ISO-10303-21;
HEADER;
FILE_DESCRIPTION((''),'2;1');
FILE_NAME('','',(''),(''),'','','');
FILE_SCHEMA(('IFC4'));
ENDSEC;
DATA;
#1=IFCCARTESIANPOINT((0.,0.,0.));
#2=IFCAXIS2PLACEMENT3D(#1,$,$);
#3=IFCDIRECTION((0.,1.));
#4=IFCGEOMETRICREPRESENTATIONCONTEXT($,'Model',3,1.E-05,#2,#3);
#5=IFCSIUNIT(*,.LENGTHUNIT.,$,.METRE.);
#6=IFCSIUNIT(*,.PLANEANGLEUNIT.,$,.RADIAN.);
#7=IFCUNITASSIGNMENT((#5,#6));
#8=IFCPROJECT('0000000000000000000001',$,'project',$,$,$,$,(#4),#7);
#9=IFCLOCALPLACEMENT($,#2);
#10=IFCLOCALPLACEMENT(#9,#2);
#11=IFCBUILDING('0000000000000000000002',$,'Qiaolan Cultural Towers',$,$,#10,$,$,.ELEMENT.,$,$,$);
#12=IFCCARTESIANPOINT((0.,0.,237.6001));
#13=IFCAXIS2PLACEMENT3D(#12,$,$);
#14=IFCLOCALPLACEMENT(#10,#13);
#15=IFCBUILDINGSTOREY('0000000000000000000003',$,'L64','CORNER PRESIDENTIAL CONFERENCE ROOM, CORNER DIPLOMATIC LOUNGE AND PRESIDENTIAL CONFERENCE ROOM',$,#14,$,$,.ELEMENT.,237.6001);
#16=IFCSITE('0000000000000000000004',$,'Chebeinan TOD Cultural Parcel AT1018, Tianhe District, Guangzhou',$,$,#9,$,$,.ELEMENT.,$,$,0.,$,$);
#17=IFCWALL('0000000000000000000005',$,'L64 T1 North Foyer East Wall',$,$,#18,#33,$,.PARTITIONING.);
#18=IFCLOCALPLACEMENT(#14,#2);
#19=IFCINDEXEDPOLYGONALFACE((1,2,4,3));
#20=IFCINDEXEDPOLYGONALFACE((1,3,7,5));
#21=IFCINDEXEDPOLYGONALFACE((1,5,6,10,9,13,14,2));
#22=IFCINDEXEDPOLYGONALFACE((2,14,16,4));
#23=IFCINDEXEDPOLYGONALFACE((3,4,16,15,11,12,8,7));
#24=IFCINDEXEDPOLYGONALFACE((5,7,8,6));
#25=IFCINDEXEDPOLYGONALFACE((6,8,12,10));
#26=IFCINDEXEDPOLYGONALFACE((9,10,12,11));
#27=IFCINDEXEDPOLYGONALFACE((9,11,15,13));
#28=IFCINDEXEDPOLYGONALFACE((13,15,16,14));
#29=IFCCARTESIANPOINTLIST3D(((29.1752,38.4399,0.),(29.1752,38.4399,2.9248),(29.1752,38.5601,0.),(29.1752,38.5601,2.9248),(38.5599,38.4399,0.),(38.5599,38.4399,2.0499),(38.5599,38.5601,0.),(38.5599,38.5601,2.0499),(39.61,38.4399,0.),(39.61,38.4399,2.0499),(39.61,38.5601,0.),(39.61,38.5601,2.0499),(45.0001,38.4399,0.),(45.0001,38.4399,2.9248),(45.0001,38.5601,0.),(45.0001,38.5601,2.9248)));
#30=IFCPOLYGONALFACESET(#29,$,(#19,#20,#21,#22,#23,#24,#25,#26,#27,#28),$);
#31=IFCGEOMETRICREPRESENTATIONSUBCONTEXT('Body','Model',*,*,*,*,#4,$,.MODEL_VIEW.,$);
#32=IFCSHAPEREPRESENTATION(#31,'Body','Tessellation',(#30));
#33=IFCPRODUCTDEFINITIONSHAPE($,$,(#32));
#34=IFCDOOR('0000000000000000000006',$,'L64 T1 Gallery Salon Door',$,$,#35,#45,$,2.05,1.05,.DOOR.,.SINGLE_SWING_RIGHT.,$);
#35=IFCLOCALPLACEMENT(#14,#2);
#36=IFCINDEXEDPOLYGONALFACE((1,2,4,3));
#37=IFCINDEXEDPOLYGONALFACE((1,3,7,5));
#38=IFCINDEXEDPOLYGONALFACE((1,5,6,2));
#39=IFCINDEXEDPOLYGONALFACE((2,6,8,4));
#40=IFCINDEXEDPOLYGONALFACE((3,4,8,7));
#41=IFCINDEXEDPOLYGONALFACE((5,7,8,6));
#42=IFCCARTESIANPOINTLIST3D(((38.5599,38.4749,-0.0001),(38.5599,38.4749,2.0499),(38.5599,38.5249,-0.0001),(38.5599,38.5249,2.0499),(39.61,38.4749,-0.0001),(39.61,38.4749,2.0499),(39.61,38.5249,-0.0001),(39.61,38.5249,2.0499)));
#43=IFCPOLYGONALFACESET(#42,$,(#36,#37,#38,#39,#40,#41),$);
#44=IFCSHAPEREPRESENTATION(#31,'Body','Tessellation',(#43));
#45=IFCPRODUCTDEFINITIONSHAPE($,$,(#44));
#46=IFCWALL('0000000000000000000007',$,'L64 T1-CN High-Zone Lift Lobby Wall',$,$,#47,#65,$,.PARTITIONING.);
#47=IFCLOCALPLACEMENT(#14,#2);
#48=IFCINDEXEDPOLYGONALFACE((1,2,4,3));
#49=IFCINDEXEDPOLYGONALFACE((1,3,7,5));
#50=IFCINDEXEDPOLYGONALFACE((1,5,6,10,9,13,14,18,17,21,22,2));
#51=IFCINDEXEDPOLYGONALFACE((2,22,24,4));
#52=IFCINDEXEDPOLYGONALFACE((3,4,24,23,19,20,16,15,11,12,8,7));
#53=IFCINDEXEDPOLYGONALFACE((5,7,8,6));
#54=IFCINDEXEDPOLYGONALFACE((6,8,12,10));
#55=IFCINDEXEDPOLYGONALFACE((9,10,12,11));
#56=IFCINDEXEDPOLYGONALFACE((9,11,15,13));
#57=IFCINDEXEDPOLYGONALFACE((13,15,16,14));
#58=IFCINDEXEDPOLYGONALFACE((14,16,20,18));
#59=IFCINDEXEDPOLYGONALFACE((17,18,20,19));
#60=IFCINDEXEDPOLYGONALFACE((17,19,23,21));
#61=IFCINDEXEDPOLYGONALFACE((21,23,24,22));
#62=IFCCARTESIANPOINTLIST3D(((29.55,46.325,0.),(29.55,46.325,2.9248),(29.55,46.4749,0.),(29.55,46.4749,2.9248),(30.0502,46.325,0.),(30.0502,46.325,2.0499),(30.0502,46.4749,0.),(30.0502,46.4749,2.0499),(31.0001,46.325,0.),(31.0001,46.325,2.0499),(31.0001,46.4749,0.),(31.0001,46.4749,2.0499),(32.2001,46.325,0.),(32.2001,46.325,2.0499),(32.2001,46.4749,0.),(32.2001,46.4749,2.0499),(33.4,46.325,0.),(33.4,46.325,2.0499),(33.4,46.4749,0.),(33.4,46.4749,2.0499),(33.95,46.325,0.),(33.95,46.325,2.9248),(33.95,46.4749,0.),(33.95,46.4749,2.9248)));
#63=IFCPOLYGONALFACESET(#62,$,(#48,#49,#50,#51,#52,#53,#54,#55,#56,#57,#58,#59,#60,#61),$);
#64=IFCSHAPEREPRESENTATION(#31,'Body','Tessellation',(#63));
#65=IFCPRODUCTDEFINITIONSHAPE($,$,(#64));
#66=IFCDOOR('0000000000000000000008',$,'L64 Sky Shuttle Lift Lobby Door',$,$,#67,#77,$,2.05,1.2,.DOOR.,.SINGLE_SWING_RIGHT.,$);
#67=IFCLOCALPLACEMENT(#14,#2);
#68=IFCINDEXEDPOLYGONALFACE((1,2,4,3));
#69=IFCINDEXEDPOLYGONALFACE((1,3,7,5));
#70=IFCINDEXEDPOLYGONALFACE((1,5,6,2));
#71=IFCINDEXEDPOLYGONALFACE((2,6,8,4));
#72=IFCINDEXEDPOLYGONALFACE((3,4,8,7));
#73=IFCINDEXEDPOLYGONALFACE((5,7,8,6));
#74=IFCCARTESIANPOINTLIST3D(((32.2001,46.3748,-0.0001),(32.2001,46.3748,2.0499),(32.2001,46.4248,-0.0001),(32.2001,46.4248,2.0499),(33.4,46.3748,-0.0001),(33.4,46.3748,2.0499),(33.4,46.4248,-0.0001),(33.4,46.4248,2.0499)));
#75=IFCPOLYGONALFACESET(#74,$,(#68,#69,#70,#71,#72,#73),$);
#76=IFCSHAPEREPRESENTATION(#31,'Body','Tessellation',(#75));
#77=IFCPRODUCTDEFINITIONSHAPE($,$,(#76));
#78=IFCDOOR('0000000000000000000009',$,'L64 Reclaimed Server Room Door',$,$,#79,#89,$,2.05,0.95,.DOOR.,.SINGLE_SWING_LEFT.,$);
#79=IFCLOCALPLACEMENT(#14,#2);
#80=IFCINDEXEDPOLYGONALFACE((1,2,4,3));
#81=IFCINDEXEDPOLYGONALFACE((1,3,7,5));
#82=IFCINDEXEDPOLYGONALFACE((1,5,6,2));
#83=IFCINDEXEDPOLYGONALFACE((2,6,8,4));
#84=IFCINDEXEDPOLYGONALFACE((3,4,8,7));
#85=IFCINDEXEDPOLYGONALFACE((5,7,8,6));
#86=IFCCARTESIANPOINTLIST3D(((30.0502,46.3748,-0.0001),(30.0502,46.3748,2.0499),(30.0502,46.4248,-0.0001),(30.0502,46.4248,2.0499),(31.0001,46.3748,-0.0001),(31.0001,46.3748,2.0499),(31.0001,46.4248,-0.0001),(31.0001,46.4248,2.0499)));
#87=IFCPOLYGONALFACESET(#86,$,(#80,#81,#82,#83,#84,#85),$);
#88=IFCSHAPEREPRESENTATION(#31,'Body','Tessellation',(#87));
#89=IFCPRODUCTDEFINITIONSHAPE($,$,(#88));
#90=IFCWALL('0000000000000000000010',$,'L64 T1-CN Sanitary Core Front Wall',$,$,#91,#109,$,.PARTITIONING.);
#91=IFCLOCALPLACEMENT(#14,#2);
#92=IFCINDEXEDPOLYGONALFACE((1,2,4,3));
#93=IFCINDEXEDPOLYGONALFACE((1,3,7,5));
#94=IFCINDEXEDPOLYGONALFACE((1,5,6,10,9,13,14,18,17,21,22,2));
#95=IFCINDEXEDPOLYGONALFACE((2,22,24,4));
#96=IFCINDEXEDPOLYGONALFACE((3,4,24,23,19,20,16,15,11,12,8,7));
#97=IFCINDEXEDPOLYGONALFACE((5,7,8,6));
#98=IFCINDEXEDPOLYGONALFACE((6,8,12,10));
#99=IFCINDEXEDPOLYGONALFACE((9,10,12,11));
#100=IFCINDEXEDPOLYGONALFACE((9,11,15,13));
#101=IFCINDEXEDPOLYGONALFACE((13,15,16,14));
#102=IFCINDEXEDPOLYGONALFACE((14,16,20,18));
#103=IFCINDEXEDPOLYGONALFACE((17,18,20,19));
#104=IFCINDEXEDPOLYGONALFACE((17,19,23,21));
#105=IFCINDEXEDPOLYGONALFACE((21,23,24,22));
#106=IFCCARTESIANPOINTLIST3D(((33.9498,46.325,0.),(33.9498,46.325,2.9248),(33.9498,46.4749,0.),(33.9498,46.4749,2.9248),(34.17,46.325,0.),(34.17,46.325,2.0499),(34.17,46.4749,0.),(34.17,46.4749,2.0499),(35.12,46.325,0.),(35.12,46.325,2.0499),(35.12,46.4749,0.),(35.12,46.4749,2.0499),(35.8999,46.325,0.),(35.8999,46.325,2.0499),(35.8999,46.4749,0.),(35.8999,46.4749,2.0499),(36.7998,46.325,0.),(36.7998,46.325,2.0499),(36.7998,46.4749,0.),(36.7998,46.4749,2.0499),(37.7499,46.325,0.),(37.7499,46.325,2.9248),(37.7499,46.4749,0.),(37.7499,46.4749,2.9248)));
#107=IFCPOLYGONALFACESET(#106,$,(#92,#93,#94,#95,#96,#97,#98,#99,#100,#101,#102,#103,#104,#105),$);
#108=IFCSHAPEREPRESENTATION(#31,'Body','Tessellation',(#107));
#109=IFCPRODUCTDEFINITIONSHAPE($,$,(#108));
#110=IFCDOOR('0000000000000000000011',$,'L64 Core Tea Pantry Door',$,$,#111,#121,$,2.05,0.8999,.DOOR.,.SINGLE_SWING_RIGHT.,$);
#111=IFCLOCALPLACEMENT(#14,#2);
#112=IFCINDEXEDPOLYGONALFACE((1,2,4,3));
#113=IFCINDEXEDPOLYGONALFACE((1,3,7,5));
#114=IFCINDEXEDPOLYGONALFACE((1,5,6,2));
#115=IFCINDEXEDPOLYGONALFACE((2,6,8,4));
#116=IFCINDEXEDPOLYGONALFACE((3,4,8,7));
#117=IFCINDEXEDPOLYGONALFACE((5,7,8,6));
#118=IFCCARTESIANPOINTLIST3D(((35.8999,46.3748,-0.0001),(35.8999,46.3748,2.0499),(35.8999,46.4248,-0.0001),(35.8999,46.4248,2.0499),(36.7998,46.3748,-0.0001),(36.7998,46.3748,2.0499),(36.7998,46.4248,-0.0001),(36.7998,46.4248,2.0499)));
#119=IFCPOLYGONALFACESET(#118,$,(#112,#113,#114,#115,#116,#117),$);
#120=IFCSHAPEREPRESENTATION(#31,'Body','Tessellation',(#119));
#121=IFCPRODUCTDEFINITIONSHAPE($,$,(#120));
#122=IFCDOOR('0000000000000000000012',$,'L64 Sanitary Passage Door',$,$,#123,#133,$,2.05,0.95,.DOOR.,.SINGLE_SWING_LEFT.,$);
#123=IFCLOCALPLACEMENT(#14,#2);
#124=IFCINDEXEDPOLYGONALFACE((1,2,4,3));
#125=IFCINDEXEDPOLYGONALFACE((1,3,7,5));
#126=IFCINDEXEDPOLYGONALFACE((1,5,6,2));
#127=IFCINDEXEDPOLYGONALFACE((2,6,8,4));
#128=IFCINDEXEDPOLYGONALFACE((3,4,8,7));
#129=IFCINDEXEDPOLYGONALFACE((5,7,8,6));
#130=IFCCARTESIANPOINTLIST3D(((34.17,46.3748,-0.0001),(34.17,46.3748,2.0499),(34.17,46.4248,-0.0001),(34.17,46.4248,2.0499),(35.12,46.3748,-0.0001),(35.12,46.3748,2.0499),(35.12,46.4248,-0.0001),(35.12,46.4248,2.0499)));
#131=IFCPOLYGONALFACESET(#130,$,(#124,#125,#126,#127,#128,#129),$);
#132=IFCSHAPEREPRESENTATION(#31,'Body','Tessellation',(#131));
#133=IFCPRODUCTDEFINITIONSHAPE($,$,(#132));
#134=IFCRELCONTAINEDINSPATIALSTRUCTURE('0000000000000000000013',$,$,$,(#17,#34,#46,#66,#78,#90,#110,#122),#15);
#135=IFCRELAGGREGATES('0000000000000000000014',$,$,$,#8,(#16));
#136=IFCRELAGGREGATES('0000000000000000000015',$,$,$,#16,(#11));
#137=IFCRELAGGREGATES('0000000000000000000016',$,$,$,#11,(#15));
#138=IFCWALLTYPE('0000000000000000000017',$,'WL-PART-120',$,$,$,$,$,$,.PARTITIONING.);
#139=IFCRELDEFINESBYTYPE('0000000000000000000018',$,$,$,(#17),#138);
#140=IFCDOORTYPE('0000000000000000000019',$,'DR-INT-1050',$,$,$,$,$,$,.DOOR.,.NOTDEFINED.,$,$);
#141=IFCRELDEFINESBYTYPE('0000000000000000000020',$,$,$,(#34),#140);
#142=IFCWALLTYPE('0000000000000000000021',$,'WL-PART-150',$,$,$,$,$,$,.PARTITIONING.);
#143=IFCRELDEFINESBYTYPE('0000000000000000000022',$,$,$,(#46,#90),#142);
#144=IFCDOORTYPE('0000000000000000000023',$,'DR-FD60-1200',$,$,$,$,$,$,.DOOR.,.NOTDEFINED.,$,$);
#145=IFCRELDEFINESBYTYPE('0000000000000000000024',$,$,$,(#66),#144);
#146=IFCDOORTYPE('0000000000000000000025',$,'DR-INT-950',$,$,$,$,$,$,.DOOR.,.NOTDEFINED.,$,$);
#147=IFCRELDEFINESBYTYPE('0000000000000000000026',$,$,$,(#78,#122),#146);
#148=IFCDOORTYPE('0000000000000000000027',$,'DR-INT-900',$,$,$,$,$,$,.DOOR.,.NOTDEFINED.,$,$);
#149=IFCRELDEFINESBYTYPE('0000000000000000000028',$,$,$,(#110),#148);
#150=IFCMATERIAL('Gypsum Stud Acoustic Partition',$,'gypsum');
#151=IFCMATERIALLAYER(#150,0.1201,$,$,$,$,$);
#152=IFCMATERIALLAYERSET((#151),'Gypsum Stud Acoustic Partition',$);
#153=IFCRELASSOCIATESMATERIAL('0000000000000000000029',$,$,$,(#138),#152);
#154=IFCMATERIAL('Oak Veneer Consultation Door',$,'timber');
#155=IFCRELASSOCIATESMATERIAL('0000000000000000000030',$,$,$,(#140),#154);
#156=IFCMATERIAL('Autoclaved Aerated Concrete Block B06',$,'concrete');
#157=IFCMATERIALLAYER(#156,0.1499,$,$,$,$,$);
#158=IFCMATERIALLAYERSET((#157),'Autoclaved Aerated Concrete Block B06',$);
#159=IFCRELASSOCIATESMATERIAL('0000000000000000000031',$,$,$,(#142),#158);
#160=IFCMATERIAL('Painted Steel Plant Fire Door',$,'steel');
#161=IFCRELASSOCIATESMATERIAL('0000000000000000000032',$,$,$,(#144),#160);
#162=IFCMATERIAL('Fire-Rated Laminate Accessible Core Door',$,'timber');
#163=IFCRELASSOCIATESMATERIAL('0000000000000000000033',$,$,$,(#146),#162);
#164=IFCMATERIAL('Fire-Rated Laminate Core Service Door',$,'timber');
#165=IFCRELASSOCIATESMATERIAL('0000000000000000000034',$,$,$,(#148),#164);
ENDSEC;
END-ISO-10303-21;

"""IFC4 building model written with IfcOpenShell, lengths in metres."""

from ifc_helpers import new_model, si_unit, direction, frame, frame_2d, origin, place, context, subcontext, project, spatial, rectangle, extrude, material, layer, layer_set, type_object, element, fill, save


model = new_model("IFC4")

# Units and contexts
model_context = context("Model", 3, precision=1e-05, world=origin(), true_north=direction((0.0, 1.0)))
body_context = subcontext(model_context, "Body", "Model", "MODEL_VIEW")
ifc_project = project(units=[si_unit("LENGTHUNIT", "METRE"), si_unit("PLANEANGLEUNIT", "RADIAN")], contexts=[model_context])

# Site, building, storey
site_placement = place(None, origin())
site = spatial("IfcSite", under=ifc_project, at=site_placement, Name="Chebeinan TOD Cultural Parcel AT1018, Tianhe District, Guangzhou", CompositionType="ELEMENT", RefElevation=0.0)
building_placement = place(site_placement, origin())
building = spatial("IfcBuilding", under=site, at=building_placement, Name="Qiaolan Cultural Towers", CompositionType="ELEMENT")
storey_placement = place(building_placement, frame((0.0, 0.0, 237.6001)))
storey = spatial("IfcBuildingStorey", under=building, at=storey_placement, Name="L64", Description="CORNER PRESIDENTIAL CONFERENCE ROOM, CORNER DIPLOMATIC LOUNGE AND PRESIDENTIAL CONFERENCE ROOM", CompositionType="ELEMENT", Elevation=237.6001)

# Wall, opening, door
ifc_material_1 = material(Name="Gypsum Stud Acoustic Partition", Category="gypsum")
ifc_layer_1 = layer(ifc_material_1, 0.1201)
ifc_layer_set_1 = layer_set([ifc_layer_1], Name="Gypsum Stud Acoustic Partition")
wall_type_1 = type_object("IfcWallType", Name="WL-PART-120", PredefinedType="PARTITIONING", material=ifc_layer_set_1)
wall_1_placement = place(storey_placement, frame((29.175, 38.5, 0.0), z_axis=(0.0, 0.0, 1.0), x_axis=(1.0, 0.0, 0.0)))
wall_1 = element("IfcWall", 1, at=wall_1_placement, inside=storey, type_object=wall_type_1, Name="L64 T1 North Foyer East Wall", PredefinedType="PARTITIONING", context=body_context, shape_type="SweptSolid", body=[
    extrude(rectangle(XDim=15.825, YDim=0.1201, at=frame_2d((7.9126, 0.0))), origin(), (0.0, 0.0, 1.0), 2.9248),
])
opening_1_placement = place(wall_1_placement, frame((9.385, 0.0, 0.0)))
opening_1 = element("IfcOpeningElement", 2, at=opening_1_placement, cuts=wall_1, PredefinedType="OPENING", context=body_context, shape_type="SweptSolid", body=[
    extrude(rectangle(XDim=1.05, YDim=2.05, at=frame_2d((0.5249, 1.0249))), frame((0.0, 0.0701, 0.0), z_axis=(0.0, -1.0, 0.0), x_axis=(1.0, 0.0, 0.0)), (0.0, 0.0, 1.0), 0.1401),
])
ifc_material_2 = material(Name="Oak Veneer Consultation Door", Category="timber")
door_type_1 = type_object("IfcDoorType", Name="DR-INT-1050", OperationType="NOTDEFINED", PredefinedType="DOOR", material=ifc_material_2)
door_1_placement = place(opening_1_placement, origin())
door_1 = element("IfcDoor", 3, at=door_1_placement, inside=storey, type_object=door_type_1, Name="L64 T1 Gallery Salon Door", OperationType="SINGLE_SWING_RIGHT", OverallHeight=2.05, OverallWidth=1.05, PredefinedType="DOOR", context=body_context, shape_type="SweptSolid", body=[
    extrude(rectangle(XDim=1.05, YDim=2.05, at=frame_2d((0.5249, 1.0249))), frame((0.0, 0.0249, 0.0), z_axis=(0.0, -1.0, 0.0), x_axis=(1.0, 0.0, 0.0)), (0.0, 0.0, 1.0), 0.05),
])
fill(opening_1, door_1)

# Walls, openings, doors
ifc_material_3 = material(Name="Autoclaved Aerated Concrete Block B06", Category="concrete")
ifc_layer_2 = layer(ifc_material_3, 0.1499)
ifc_layer_set_2 = layer_set([ifc_layer_2], Name="Autoclaved Aerated Concrete Block B06")
wall_type_2 = type_object("IfcWallType", Name="WL-PART-150", PredefinedType="PARTITIONING", material=ifc_layer_set_2)
wall_2_placement = place(storey_placement, frame((29.55, 46.3999, 0.0), z_axis=(0.0, 0.0, 1.0), x_axis=(1.0, 0.0, 0.0)))
wall_2 = element("IfcWall", 4, at=wall_2_placement, inside=storey, type_object=wall_type_2, Name="L64 T1-CN High-Zone Lift Lobby Wall", PredefinedType="PARTITIONING", context=body_context, shape_type="SweptSolid", body=[
    extrude(rectangle(XDim=4.3999, YDim=0.1499, at=frame_2d((2.2, 0.0))), origin(), (0.0, 0.0, 1.0), 2.9248),
])
opening_2_placement = place(wall_2_placement, frame((0.5, 0.0, 0.0)))
opening_2 = element("IfcOpeningElement", 5, at=opening_2_placement, cuts=wall_2, PredefinedType="OPENING", context=body_context, shape_type="SweptSolid", body=[
    extrude(rectangle(XDim=0.95, YDim=2.05, at=frame_2d((0.4751, 1.0249))), frame((0.0, 0.085, 0.0), z_axis=(0.0, -1.0, 0.0), x_axis=(1.0, 0.0, 0.0)), (0.0, 0.0, 1.0), 0.1699),
])
opening_3_placement = place(wall_2_placement, frame((2.6499, 0.0, 0.0)))
opening_3 = element("IfcOpeningElement", 6, at=opening_3_placement, cuts=wall_2, PredefinedType="OPENING", context=body_context, shape_type="SweptSolid", body=[
    extrude(rectangle(XDim=1.2, YDim=2.05, at=frame_2d((0.6001, 1.0249))), frame((0.0, 0.085, 0.0), z_axis=(0.0, -1.0, 0.0), x_axis=(1.0, 0.0, 0.0)), (0.0, 0.0, 1.0), 0.1699),
])
ifc_material_4 = material(Name="Painted Steel Plant Fire Door", Category="steel")
door_type_2 = type_object("IfcDoorType", Name="DR-FD60-1200", OperationType="NOTDEFINED", PredefinedType="DOOR", material=ifc_material_4)
door_2_placement = place(opening_3_placement, origin())
door_2 = element("IfcDoor", 7, at=door_2_placement, inside=storey, type_object=door_type_2, Name="L64 Sky Shuttle Lift Lobby Door", OperationType="SINGLE_SWING_RIGHT", OverallHeight=2.05, OverallWidth=1.2, PredefinedType="DOOR", context=body_context, shape_type="SweptSolid", body=[
    extrude(rectangle(XDim=1.2, YDim=2.05, at=frame_2d((0.6001, 1.0249))), frame((0.0, 0.0249, 0.0), z_axis=(0.0, -1.0, 0.0), x_axis=(1.0, 0.0, 0.0)), (0.0, 0.0, 1.0), 0.05),
])
fill(opening_3, door_2)
ifc_material_5 = material(Name="Fire-Rated Laminate Accessible Core Door", Category="timber")
door_type_3 = type_object("IfcDoorType", Name="DR-INT-950", OperationType="NOTDEFINED", PredefinedType="DOOR", material=ifc_material_5)
door_3_placement = place(opening_2_placement, origin())
door_3 = element("IfcDoor", 8, at=door_3_placement, inside=storey, type_object=door_type_3, Name="L64 Reclaimed Server Room Door", OperationType="SINGLE_SWING_LEFT", OverallHeight=2.05, OverallWidth=0.95, PredefinedType="DOOR", context=body_context, shape_type="SweptSolid", body=[
    extrude(rectangle(XDim=0.95, YDim=2.05, at=frame_2d((0.4751, 1.0249))), frame((0.0, 0.0249, 0.0), z_axis=(0.0, -1.0, 0.0), x_axis=(1.0, 0.0, 0.0)), (0.0, 0.0, 1.0), 0.05),
])
fill(opening_2, door_3)
wall_3_placement = place(storey_placement, frame((33.95, 46.3999, 0.0), z_axis=(0.0, 0.0, 1.0), x_axis=(1.0, 0.0, 0.0)))
wall_3 = element("IfcWall", 9, at=wall_3_placement, inside=storey, type_object=wall_type_2, Name="L64 T1-CN Sanitary Core Front Wall", PredefinedType="PARTITIONING", context=body_context, shape_type="SweptSolid", body=[
    extrude(rectangle(XDim=3.8, YDim=0.1499, at=frame_2d((1.8999, 0.0))), origin(), (0.0, 0.0, 1.0), 2.9248),
])
opening_4_placement = place(wall_3_placement, frame((0.22, 0.0, 0.0)))
opening_4 = element("IfcOpeningElement", 10, at=opening_4_placement, cuts=wall_3, PredefinedType="OPENING", context=body_context, shape_type="SweptSolid", body=[
    extrude(rectangle(XDim=0.95, YDim=2.05, at=frame_2d((0.4751, 1.0249))), frame((0.0, 0.085, 0.0), z_axis=(0.0, -1.0, 0.0), x_axis=(1.0, 0.0, 0.0)), (0.0, 0.0, 1.0), 0.1699),
])
opening_5_placement = place(wall_3_placement, frame((1.95, 0.0, 0.0)))
opening_5 = element("IfcOpeningElement", 11, at=opening_5_placement, cuts=wall_3, PredefinedType="OPENING", context=body_context, shape_type="SweptSolid", body=[
    extrude(rectangle(XDim=0.8999, YDim=2.05, at=frame_2d((0.45, 1.0249))), frame((0.0, 0.085, 0.0), z_axis=(0.0, -1.0, 0.0), x_axis=(1.0, 0.0, 0.0)), (0.0, 0.0, 1.0), 0.1699),
])
ifc_material_6 = material(Name="Fire-Rated Laminate Core Service Door", Category="timber")
door_type_4 = type_object("IfcDoorType", Name="DR-INT-900", OperationType="NOTDEFINED", PredefinedType="DOOR", material=ifc_material_6)
door_4_placement = place(opening_5_placement, origin())
door_4 = element("IfcDoor", 12, at=door_4_placement, inside=storey, type_object=door_type_4, Name="L64 Core Tea Pantry Door", OperationType="SINGLE_SWING_RIGHT", OverallHeight=2.05, OverallWidth=0.8999, PredefinedType="DOOR", context=body_context, shape_type="SweptSolid", body=[
    extrude(rectangle(XDim=0.8999, YDim=2.05, at=frame_2d((0.45, 1.0249))), frame((0.0, 0.0249, 0.0), z_axis=(0.0, -1.0, 0.0), x_axis=(1.0, 0.0, 0.0)), (0.0, 0.0, 1.0), 0.05),
])
fill(opening_5, door_4)
door_5_placement = place(opening_4_placement, origin())
door_5 = element("IfcDoor", 13, at=door_5_placement, inside=storey, type_object=door_type_3, Name="L64 Sanitary Passage Door", OperationType="SINGLE_SWING_LEFT", OverallHeight=2.05, OverallWidth=0.95, PredefinedType="DOOR", context=body_context, shape_type="SweptSolid", body=[
    extrude(rectangle(XDim=0.95, YDim=2.05, at=frame_2d((0.4751, 1.0249))), frame((0.0, 0.0249, 0.0), z_axis=(0.0, -1.0, 0.0), x_axis=(1.0, 0.0, 0.0)), (0.0, 0.0, 1.0), 0.05),
])
fill(opening_4, door_5)

save(model, "model.ifc")
